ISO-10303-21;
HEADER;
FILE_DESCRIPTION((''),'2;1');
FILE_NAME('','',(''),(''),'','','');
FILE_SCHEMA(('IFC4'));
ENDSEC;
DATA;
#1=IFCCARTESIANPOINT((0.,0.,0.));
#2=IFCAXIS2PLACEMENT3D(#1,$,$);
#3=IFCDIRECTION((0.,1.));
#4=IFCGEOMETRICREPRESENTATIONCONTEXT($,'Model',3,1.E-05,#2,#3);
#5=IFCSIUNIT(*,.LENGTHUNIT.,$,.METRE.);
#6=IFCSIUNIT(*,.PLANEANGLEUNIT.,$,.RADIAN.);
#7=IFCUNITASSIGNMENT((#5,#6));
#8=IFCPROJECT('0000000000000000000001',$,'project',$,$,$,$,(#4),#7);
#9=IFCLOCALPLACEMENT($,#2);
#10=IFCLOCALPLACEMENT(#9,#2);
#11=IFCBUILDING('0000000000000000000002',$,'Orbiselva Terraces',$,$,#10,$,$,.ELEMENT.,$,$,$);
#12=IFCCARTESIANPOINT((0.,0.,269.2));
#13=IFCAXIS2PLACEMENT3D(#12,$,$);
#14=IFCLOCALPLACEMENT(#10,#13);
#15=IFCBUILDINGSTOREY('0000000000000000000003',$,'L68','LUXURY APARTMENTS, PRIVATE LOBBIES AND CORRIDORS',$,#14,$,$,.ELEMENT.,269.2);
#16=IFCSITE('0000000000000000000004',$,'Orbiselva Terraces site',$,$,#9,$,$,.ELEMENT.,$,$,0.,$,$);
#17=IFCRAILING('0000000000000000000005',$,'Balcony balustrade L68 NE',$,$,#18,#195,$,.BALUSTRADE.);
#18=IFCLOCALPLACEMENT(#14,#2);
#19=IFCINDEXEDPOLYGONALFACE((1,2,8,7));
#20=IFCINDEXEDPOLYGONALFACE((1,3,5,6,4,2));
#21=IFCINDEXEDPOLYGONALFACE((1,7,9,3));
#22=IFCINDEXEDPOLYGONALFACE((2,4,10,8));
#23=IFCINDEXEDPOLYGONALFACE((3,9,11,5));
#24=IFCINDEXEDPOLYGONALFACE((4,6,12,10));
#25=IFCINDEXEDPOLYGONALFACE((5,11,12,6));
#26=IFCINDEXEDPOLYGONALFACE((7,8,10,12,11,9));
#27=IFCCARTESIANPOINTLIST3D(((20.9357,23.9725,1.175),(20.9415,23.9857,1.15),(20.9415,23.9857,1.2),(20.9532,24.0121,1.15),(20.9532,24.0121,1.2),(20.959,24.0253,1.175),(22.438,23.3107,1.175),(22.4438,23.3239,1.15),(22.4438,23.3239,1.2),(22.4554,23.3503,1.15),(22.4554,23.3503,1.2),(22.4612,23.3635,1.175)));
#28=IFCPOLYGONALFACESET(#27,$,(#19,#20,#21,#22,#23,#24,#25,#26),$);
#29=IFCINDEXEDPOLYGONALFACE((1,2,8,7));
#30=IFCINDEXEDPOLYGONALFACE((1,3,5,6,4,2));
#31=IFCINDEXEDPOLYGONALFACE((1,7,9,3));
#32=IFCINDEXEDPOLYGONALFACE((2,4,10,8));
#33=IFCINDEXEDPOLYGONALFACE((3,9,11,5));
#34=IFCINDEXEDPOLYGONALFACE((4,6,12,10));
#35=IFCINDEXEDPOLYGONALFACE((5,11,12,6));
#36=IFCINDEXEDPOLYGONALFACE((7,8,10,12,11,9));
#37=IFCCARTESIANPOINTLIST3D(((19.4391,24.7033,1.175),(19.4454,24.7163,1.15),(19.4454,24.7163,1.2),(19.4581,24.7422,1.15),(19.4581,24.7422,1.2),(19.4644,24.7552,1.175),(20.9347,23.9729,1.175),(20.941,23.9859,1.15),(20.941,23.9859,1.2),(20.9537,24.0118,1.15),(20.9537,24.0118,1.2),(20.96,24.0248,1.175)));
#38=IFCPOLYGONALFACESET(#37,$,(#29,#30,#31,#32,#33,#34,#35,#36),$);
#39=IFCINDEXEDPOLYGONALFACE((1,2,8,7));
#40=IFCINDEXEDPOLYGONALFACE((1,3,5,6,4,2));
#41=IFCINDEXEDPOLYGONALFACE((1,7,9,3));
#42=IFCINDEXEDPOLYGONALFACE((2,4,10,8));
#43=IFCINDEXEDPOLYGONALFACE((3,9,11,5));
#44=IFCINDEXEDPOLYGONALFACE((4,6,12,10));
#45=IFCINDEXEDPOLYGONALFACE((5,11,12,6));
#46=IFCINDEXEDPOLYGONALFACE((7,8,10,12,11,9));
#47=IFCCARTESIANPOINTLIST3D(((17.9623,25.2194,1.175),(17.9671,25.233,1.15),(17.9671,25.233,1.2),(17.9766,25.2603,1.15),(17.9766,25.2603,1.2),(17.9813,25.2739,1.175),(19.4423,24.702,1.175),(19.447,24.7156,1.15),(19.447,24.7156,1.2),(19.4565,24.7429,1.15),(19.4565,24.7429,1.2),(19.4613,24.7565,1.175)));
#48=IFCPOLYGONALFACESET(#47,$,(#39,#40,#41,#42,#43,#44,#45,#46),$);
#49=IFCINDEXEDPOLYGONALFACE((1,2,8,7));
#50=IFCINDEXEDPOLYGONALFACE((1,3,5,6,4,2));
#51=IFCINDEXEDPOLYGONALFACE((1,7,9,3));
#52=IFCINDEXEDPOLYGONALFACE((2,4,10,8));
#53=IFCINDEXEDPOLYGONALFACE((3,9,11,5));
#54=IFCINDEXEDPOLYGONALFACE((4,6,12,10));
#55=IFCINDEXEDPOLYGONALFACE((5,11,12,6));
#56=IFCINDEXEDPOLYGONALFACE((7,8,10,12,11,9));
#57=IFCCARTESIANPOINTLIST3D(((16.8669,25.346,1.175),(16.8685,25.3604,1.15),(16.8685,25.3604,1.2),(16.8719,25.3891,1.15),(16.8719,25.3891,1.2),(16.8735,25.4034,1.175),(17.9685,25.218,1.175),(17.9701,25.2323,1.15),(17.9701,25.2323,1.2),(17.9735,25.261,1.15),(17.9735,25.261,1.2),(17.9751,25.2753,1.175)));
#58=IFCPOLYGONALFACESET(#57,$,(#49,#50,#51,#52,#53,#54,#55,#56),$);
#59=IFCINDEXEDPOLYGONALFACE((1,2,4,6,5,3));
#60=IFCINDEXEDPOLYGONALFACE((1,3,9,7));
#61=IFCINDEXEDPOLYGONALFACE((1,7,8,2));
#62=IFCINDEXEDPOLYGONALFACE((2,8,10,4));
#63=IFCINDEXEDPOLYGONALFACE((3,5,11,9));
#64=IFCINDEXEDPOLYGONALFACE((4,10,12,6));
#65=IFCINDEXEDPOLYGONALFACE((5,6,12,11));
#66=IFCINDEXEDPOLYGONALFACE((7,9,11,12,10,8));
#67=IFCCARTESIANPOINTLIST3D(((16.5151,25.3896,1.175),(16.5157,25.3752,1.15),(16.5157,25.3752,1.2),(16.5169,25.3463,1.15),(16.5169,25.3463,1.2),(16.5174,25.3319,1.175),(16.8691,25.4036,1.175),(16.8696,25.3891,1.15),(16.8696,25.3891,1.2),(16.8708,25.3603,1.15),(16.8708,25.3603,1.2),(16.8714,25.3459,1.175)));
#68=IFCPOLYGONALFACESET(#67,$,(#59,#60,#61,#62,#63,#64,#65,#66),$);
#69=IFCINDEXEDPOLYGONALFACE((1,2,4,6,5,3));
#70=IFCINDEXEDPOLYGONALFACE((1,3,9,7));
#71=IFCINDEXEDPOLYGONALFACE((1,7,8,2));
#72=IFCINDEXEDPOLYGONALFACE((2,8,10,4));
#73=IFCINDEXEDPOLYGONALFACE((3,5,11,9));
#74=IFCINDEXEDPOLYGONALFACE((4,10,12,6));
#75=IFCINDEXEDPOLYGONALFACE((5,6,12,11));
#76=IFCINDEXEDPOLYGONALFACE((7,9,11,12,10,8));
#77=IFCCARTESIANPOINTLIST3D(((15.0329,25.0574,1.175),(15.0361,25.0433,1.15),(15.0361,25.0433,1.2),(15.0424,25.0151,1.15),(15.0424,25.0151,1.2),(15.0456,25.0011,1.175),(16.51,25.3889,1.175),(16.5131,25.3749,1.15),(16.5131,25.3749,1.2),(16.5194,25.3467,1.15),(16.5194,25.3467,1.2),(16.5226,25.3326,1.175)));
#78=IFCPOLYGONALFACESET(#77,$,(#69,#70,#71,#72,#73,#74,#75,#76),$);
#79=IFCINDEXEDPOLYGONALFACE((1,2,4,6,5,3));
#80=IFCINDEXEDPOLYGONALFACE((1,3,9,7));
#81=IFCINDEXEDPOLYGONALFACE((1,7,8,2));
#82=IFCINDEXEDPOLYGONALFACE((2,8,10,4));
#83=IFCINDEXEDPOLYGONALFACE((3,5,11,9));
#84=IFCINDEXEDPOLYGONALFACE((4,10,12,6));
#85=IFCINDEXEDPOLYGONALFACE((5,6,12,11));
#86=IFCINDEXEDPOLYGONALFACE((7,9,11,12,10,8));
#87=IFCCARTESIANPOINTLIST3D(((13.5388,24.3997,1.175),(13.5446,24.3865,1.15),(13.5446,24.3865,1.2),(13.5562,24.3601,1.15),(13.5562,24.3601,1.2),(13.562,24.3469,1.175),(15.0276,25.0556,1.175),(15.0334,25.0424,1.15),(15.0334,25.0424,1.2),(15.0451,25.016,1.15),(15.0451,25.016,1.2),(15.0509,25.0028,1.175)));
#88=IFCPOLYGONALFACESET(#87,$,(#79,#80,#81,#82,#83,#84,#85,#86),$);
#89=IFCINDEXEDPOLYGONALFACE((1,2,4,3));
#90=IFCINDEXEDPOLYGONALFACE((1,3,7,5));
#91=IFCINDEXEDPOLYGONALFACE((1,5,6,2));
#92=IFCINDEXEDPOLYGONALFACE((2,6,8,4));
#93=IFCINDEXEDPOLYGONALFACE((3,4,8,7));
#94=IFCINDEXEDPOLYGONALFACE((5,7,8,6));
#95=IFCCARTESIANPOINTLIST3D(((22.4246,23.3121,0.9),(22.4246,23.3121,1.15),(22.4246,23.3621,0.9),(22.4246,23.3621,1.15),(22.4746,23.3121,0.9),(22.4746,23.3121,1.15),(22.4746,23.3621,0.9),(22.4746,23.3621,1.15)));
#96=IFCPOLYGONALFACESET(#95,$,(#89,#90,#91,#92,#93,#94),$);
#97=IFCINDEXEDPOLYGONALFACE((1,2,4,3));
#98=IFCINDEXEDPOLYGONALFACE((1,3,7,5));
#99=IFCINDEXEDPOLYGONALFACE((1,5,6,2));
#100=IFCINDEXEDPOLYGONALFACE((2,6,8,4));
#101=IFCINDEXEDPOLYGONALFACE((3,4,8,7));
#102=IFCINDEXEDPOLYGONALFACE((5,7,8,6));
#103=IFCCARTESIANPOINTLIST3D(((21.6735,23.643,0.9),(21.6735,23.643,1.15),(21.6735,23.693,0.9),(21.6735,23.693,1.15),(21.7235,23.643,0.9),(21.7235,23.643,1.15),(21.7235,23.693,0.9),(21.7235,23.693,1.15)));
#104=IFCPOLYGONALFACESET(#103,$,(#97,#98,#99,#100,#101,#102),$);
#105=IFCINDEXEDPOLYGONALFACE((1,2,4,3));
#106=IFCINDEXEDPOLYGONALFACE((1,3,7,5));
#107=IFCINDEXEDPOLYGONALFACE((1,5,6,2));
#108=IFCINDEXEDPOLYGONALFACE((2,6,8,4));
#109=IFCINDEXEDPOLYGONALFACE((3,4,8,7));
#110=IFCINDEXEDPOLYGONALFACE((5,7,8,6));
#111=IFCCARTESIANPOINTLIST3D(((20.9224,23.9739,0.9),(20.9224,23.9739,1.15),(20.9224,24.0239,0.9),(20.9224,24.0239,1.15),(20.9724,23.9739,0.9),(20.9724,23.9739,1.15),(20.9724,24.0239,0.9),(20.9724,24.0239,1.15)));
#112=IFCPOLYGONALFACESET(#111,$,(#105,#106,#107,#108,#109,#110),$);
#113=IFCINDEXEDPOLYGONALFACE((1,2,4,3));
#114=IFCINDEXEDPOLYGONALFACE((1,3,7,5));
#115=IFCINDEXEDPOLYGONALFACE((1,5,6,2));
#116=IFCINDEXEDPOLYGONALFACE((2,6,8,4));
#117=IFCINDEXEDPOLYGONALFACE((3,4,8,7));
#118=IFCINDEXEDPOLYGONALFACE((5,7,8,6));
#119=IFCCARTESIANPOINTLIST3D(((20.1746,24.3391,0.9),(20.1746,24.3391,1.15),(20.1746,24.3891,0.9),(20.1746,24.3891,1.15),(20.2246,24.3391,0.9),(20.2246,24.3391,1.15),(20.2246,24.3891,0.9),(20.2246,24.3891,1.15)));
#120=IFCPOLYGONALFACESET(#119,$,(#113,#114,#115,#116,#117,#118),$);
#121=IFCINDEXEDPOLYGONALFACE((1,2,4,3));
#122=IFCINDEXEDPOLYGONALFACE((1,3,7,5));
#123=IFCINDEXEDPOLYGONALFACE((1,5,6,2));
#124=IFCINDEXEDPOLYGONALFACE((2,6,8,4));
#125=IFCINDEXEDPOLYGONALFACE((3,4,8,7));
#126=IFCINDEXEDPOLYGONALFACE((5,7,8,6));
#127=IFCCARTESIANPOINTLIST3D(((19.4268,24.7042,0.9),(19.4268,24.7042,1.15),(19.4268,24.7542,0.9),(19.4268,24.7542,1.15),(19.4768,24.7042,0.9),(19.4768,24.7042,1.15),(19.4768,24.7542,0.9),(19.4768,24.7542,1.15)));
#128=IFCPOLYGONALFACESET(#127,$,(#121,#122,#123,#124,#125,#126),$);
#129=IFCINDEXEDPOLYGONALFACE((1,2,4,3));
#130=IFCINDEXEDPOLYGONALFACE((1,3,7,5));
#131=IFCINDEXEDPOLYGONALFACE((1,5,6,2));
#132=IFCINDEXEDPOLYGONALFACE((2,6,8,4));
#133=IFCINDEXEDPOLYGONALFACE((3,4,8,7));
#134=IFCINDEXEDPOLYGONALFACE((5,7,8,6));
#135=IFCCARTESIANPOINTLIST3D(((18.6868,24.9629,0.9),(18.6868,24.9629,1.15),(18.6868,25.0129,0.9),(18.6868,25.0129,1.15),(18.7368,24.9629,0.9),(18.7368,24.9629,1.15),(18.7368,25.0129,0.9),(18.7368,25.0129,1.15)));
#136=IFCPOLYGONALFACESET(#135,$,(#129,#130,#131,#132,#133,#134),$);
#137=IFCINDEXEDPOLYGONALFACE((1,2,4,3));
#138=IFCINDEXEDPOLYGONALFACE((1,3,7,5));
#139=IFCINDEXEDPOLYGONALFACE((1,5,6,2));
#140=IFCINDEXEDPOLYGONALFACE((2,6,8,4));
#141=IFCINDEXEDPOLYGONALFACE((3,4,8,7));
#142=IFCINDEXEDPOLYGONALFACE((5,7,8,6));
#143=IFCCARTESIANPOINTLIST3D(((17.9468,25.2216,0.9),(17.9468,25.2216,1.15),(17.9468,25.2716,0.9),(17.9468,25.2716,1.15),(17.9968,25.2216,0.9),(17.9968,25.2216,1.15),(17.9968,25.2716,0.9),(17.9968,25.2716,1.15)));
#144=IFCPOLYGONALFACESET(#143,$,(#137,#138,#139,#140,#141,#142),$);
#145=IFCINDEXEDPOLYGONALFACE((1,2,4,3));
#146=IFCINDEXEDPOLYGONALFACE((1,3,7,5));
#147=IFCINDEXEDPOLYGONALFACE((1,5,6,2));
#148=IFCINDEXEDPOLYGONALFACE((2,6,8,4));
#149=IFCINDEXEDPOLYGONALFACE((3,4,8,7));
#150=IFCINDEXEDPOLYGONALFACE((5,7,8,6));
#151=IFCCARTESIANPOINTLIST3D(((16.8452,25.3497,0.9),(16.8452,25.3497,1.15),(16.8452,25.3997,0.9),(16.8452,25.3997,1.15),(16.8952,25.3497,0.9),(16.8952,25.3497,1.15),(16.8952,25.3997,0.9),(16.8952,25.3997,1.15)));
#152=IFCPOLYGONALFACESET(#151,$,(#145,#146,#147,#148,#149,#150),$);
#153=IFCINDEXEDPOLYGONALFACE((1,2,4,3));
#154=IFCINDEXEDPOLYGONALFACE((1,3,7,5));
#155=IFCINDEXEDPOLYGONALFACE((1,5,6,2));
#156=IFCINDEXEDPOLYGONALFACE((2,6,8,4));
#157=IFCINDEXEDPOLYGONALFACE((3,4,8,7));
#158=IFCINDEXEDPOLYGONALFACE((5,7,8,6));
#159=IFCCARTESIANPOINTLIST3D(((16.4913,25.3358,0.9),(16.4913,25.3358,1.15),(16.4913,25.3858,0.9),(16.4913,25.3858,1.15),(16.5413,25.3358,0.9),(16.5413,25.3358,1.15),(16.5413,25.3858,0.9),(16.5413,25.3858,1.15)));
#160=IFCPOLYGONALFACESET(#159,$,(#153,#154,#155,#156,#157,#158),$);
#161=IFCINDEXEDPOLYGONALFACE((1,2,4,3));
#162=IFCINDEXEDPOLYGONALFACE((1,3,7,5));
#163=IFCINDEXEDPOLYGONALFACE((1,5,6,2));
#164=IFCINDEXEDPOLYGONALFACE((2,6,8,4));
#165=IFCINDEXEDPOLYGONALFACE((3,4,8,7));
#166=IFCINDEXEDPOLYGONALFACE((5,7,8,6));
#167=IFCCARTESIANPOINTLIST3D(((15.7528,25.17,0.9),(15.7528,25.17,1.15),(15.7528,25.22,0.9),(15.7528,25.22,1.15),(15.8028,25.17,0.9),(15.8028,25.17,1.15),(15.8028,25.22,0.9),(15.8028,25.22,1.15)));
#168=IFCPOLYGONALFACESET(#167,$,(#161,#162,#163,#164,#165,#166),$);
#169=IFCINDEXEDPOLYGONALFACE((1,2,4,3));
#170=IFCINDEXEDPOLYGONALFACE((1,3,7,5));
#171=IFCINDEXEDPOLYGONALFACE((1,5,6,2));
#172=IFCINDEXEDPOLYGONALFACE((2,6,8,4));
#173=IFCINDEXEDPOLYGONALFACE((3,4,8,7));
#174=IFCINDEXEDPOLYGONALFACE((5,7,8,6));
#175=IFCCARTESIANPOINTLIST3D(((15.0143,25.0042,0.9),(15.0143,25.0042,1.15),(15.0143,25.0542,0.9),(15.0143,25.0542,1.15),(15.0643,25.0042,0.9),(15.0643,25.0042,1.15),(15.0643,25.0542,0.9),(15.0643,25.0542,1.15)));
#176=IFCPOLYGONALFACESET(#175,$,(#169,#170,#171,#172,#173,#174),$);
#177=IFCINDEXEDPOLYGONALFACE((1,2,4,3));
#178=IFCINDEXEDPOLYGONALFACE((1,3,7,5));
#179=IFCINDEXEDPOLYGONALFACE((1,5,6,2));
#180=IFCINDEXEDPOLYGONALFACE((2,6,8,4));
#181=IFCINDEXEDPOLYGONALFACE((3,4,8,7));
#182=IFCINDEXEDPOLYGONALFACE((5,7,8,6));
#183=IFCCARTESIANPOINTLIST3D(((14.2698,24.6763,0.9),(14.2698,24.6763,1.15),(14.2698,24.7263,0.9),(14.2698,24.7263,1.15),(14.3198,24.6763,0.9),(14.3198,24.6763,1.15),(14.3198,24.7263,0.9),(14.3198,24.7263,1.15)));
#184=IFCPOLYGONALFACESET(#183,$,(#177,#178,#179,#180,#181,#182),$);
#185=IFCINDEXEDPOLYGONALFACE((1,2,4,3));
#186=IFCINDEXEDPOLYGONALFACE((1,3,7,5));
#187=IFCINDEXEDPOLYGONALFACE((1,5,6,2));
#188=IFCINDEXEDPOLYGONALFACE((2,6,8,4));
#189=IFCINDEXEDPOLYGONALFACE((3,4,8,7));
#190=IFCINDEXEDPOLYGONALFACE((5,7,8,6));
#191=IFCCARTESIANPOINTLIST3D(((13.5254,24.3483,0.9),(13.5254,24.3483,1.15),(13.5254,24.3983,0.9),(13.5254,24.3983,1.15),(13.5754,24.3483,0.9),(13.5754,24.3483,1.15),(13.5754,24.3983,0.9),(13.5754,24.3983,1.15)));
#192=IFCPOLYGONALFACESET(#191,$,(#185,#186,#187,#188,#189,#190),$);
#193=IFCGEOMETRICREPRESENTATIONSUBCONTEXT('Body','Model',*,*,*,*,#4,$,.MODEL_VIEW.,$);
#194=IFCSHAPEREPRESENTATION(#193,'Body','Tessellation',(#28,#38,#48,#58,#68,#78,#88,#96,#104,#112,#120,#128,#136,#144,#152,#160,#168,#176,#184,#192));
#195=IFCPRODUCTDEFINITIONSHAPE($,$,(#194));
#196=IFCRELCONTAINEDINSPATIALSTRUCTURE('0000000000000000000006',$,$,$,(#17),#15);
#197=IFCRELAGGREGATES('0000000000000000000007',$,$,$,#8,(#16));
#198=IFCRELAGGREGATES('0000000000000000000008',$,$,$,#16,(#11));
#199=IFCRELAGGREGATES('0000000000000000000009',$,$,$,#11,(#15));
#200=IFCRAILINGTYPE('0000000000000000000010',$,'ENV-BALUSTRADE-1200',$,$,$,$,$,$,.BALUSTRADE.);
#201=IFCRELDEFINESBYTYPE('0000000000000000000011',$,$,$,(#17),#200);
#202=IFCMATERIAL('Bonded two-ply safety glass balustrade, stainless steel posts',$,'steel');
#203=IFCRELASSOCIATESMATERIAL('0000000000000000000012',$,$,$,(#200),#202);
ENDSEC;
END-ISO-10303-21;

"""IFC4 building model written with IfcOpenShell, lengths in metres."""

from ifc_helpers import new_model, si_unit, direction, frame, origin, origin_2d, place, context, subcontext, project, spatial, polyline, rectangle, outline, extrude, material, type_object, element, save


model = new_model("IFC4")

# Units and contexts
model_context = context("Model", 3, precision=1e-05, world=origin(), true_north=direction((0.0, 1.0)))
body_context = subcontext(model_context, "Body", "Model", "MODEL_VIEW")
ifc_project = project(units=[si_unit("LENGTHUNIT", "METRE"), si_unit("PLANEANGLEUNIT", "RADIAN")], contexts=[model_context])

# Site, building, storey
site_placement = place(None, origin())
site = spatial("IfcSite", under=ifc_project, at=site_placement, Name="Orbiselva Terraces site", CompositionType="ELEMENT", RefElevation=0.0)
building_placement = place(site_placement, origin())
building = spatial("IfcBuilding", under=site, at=building_placement, Name="Orbiselva Terraces", CompositionType="ELEMENT")
storey_placement = place(building_placement, frame((0.0, 0.0, 269.2)))
storey = spatial("IfcBuildingStorey", under=building, at=storey_placement, Name="L68", Description="LUXURY APARTMENTS, PRIVATE LOBBIES AND CORRIDORS", CompositionType="ELEMENT", Elevation=269.2)

# Railing
ifc_material_1 = material(Name="Bonded two-ply safety glass balustrade, stainless steel posts", Category="steel")
railing_type_1 = type_object("IfcRailingType", Name="ENV-BALUSTRADE-1200", PredefinedType="BALUSTRADE", material=ifc_material_1)
railing_1_placement = place(storey_placement, frame((22.4496, 23.3371, 0.9)))
element("IfcRailing", 1, at=railing_1_placement, inside=storey, type_object=railing_type_1, Name="Balcony balustrade L68 NE", PredefinedType="BALUSTRADE", context=body_context, shape_type="SweptSolid", body=[
    extrude(outline(polyline([(0.0289, 0.0), (0.0144, 0.025), (-0.0144, 0.025), (-0.0289, 0.0), (-0.0144, -0.025), (0.0144, -0.025), (0.0289, 0.0)])), frame((0.0, 0.0, 0.275), z_axis=(-0.915133, 0.403151, 0.0), x_axis=(-0.403151, -0.915133, 0.0)), (0.0, 0.0, 1.0), 1.6416),
    extrude(outline(polyline([(0.0289, 0.0), (0.0144, 0.025), (-0.0144, 0.025), (-0.0289, 0.0), (-0.0144, -0.025), (0.0144, -0.025), (0.0289, 0.0)])), frame((-1.5022, 0.6618, 0.275), z_axis=(-0.898579, 0.438812, 0.0), x_axis=(-0.438812, -0.898579, 0.0)), (0.0, 0.0, 1.0), 1.6644),
    extrude(outline(polyline([(0.0289, 0.0), (0.0144, 0.025), (-0.0144, 0.025), (-0.0289, 0.0), (-0.0144, -0.025), (0.0144, -0.025), (0.0289, 0.0)])), frame((-2.9978, 1.3921, 0.275), z_axis=(-0.943972, 0.330025, 0.0), x_axis=(-0.330025, -0.943972, 0.0)), (0.0, 0.0, 1.0), 1.5678),
    extrude(outline(polyline([(0.0289, 0.0), (0.0144, 0.025), (-0.0144, 0.025), (-0.0289, 0.0), (-0.0144, -0.025), (0.0144, -0.025), (0.0289, 0.0)])), frame((-4.4778, 1.9096, 0.275), z_axis=(-0.99331, 0.115481, 0.0), x_axis=(-0.115481, -0.99331, 0.0)), (0.0, 0.0, 1.0), 1.109),
    extrude(outline(polyline([(0.0289, 0.0), (0.0144, 0.025), (-0.0144, 0.025), (-0.0289, 0.0), (-0.0144, -0.025), (0.0144, -0.025), (0.0289, 0.0)])), frame((-5.5794, 2.0376, 0.275), z_axis=(-0.999225, -0.039364, 0.0), x_axis=(0.039364, -0.999225, 0.0)), (0.0, 0.0, 1.0), 0.3542),
    extrude(outline(polyline([(0.0289, 0.0), (0.0144, 0.025), (-0.0144, 0.025), (-0.0289, 0.0), (-0.0144, -0.025), (0.0144, -0.025), (0.0289, 0.0)])), frame((-5.9333, 2.0237, 0.275), z_axis=(-0.975721, -0.219016, 0.0), x_axis=(0.219016, -0.975721, 0.0)), (0.0, 0.0, 1.0), 1.5138),
    extrude(outline(polyline([(0.0289, 0.0), (0.0144, 0.025), (-0.0144, 0.025), (-0.0289, 0.0), (-0.0144, -0.025), (0.0144, -0.025), (0.0289, 0.0)])), frame((-7.4104, 1.6921, 0.275), z_axis=(-0.915133, -0.403151, 0.0), x_axis=(0.403151, -0.915133, 0.0)), (0.0, 0.0, 1.0), 1.6269),
    extrude(rectangle(XDim=0.05, YDim=0.05, at=origin_2d()), origin(), (0.0, 0.0, 1.0), 0.25),
    extrude(rectangle(XDim=0.05, YDim=0.05, at=origin_2d()), frame((-0.7511, 0.3309, 0.0)), (0.0, 0.0, 1.0), 0.25),
    extrude(rectangle(XDim=0.05, YDim=0.05, at=origin_2d()), frame((-1.5022, 0.6618, 0.0)), (0.0, 0.0, 1.0), 0.25),
    extrude(rectangle(XDim=0.05, YDim=0.05, at=origin_2d()), frame((-2.25, 1.027, 0.0)), (0.0, 0.0, 1.0), 0.25),
    extrude(rectangle(XDim=0.05, YDim=0.05, at=origin_2d()), frame((-2.9978, 1.3921, 0.0)), (0.0, 0.0, 1.0), 0.25),
    extrude(rectangle(XDim=0.05, YDim=0.05, at=origin_2d()), frame((-3.7378, 1.6509, 0.0)), (0.0, 0.0, 1.0), 0.25),
    extrude(rectangle(XDim=0.05, YDim=0.05, at=origin_2d()), frame((-4.4778, 1.9096, 0.0)), (0.0, 0.0, 1.0), 0.25),
    extrude(rectangle(XDim=0.05, YDim=0.05, at=origin_2d()), frame((-5.5794, 2.0376, 0.0)), (0.0, 0.0, 1.0), 0.25),
    extrude(rectangle(XDim=0.05, YDim=0.05, at=origin_2d()), frame((-5.9333, 2.0237, 0.0)), (0.0, 0.0, 1.0), 0.25),
    extrude(rectangle(XDim=0.05, YDim=0.05, at=origin_2d()), frame((-6.6718, 1.8579, 0.0)), (0.0, 0.0, 1.0), 0.25),
    extrude(rectangle(XDim=0.05, YDim=0.05, at=origin_2d()), frame((-7.4104, 1.6921, 0.0)), (0.0, 0.0, 1.0), 0.25),
    extrude(rectangle(XDim=0.05, YDim=0.05, at=origin_2d()), frame((-8.1548, 1.3642, 0.0)), (0.0, 0.0, 1.0), 0.25),
    extrude(rectangle(XDim=0.05, YDim=0.05, at=origin_2d()), frame((-8.8992, 1.0362, 0.0)), (0.0, 0.0, 1.0), 0.25),
])

save(model, "model.ifc")
